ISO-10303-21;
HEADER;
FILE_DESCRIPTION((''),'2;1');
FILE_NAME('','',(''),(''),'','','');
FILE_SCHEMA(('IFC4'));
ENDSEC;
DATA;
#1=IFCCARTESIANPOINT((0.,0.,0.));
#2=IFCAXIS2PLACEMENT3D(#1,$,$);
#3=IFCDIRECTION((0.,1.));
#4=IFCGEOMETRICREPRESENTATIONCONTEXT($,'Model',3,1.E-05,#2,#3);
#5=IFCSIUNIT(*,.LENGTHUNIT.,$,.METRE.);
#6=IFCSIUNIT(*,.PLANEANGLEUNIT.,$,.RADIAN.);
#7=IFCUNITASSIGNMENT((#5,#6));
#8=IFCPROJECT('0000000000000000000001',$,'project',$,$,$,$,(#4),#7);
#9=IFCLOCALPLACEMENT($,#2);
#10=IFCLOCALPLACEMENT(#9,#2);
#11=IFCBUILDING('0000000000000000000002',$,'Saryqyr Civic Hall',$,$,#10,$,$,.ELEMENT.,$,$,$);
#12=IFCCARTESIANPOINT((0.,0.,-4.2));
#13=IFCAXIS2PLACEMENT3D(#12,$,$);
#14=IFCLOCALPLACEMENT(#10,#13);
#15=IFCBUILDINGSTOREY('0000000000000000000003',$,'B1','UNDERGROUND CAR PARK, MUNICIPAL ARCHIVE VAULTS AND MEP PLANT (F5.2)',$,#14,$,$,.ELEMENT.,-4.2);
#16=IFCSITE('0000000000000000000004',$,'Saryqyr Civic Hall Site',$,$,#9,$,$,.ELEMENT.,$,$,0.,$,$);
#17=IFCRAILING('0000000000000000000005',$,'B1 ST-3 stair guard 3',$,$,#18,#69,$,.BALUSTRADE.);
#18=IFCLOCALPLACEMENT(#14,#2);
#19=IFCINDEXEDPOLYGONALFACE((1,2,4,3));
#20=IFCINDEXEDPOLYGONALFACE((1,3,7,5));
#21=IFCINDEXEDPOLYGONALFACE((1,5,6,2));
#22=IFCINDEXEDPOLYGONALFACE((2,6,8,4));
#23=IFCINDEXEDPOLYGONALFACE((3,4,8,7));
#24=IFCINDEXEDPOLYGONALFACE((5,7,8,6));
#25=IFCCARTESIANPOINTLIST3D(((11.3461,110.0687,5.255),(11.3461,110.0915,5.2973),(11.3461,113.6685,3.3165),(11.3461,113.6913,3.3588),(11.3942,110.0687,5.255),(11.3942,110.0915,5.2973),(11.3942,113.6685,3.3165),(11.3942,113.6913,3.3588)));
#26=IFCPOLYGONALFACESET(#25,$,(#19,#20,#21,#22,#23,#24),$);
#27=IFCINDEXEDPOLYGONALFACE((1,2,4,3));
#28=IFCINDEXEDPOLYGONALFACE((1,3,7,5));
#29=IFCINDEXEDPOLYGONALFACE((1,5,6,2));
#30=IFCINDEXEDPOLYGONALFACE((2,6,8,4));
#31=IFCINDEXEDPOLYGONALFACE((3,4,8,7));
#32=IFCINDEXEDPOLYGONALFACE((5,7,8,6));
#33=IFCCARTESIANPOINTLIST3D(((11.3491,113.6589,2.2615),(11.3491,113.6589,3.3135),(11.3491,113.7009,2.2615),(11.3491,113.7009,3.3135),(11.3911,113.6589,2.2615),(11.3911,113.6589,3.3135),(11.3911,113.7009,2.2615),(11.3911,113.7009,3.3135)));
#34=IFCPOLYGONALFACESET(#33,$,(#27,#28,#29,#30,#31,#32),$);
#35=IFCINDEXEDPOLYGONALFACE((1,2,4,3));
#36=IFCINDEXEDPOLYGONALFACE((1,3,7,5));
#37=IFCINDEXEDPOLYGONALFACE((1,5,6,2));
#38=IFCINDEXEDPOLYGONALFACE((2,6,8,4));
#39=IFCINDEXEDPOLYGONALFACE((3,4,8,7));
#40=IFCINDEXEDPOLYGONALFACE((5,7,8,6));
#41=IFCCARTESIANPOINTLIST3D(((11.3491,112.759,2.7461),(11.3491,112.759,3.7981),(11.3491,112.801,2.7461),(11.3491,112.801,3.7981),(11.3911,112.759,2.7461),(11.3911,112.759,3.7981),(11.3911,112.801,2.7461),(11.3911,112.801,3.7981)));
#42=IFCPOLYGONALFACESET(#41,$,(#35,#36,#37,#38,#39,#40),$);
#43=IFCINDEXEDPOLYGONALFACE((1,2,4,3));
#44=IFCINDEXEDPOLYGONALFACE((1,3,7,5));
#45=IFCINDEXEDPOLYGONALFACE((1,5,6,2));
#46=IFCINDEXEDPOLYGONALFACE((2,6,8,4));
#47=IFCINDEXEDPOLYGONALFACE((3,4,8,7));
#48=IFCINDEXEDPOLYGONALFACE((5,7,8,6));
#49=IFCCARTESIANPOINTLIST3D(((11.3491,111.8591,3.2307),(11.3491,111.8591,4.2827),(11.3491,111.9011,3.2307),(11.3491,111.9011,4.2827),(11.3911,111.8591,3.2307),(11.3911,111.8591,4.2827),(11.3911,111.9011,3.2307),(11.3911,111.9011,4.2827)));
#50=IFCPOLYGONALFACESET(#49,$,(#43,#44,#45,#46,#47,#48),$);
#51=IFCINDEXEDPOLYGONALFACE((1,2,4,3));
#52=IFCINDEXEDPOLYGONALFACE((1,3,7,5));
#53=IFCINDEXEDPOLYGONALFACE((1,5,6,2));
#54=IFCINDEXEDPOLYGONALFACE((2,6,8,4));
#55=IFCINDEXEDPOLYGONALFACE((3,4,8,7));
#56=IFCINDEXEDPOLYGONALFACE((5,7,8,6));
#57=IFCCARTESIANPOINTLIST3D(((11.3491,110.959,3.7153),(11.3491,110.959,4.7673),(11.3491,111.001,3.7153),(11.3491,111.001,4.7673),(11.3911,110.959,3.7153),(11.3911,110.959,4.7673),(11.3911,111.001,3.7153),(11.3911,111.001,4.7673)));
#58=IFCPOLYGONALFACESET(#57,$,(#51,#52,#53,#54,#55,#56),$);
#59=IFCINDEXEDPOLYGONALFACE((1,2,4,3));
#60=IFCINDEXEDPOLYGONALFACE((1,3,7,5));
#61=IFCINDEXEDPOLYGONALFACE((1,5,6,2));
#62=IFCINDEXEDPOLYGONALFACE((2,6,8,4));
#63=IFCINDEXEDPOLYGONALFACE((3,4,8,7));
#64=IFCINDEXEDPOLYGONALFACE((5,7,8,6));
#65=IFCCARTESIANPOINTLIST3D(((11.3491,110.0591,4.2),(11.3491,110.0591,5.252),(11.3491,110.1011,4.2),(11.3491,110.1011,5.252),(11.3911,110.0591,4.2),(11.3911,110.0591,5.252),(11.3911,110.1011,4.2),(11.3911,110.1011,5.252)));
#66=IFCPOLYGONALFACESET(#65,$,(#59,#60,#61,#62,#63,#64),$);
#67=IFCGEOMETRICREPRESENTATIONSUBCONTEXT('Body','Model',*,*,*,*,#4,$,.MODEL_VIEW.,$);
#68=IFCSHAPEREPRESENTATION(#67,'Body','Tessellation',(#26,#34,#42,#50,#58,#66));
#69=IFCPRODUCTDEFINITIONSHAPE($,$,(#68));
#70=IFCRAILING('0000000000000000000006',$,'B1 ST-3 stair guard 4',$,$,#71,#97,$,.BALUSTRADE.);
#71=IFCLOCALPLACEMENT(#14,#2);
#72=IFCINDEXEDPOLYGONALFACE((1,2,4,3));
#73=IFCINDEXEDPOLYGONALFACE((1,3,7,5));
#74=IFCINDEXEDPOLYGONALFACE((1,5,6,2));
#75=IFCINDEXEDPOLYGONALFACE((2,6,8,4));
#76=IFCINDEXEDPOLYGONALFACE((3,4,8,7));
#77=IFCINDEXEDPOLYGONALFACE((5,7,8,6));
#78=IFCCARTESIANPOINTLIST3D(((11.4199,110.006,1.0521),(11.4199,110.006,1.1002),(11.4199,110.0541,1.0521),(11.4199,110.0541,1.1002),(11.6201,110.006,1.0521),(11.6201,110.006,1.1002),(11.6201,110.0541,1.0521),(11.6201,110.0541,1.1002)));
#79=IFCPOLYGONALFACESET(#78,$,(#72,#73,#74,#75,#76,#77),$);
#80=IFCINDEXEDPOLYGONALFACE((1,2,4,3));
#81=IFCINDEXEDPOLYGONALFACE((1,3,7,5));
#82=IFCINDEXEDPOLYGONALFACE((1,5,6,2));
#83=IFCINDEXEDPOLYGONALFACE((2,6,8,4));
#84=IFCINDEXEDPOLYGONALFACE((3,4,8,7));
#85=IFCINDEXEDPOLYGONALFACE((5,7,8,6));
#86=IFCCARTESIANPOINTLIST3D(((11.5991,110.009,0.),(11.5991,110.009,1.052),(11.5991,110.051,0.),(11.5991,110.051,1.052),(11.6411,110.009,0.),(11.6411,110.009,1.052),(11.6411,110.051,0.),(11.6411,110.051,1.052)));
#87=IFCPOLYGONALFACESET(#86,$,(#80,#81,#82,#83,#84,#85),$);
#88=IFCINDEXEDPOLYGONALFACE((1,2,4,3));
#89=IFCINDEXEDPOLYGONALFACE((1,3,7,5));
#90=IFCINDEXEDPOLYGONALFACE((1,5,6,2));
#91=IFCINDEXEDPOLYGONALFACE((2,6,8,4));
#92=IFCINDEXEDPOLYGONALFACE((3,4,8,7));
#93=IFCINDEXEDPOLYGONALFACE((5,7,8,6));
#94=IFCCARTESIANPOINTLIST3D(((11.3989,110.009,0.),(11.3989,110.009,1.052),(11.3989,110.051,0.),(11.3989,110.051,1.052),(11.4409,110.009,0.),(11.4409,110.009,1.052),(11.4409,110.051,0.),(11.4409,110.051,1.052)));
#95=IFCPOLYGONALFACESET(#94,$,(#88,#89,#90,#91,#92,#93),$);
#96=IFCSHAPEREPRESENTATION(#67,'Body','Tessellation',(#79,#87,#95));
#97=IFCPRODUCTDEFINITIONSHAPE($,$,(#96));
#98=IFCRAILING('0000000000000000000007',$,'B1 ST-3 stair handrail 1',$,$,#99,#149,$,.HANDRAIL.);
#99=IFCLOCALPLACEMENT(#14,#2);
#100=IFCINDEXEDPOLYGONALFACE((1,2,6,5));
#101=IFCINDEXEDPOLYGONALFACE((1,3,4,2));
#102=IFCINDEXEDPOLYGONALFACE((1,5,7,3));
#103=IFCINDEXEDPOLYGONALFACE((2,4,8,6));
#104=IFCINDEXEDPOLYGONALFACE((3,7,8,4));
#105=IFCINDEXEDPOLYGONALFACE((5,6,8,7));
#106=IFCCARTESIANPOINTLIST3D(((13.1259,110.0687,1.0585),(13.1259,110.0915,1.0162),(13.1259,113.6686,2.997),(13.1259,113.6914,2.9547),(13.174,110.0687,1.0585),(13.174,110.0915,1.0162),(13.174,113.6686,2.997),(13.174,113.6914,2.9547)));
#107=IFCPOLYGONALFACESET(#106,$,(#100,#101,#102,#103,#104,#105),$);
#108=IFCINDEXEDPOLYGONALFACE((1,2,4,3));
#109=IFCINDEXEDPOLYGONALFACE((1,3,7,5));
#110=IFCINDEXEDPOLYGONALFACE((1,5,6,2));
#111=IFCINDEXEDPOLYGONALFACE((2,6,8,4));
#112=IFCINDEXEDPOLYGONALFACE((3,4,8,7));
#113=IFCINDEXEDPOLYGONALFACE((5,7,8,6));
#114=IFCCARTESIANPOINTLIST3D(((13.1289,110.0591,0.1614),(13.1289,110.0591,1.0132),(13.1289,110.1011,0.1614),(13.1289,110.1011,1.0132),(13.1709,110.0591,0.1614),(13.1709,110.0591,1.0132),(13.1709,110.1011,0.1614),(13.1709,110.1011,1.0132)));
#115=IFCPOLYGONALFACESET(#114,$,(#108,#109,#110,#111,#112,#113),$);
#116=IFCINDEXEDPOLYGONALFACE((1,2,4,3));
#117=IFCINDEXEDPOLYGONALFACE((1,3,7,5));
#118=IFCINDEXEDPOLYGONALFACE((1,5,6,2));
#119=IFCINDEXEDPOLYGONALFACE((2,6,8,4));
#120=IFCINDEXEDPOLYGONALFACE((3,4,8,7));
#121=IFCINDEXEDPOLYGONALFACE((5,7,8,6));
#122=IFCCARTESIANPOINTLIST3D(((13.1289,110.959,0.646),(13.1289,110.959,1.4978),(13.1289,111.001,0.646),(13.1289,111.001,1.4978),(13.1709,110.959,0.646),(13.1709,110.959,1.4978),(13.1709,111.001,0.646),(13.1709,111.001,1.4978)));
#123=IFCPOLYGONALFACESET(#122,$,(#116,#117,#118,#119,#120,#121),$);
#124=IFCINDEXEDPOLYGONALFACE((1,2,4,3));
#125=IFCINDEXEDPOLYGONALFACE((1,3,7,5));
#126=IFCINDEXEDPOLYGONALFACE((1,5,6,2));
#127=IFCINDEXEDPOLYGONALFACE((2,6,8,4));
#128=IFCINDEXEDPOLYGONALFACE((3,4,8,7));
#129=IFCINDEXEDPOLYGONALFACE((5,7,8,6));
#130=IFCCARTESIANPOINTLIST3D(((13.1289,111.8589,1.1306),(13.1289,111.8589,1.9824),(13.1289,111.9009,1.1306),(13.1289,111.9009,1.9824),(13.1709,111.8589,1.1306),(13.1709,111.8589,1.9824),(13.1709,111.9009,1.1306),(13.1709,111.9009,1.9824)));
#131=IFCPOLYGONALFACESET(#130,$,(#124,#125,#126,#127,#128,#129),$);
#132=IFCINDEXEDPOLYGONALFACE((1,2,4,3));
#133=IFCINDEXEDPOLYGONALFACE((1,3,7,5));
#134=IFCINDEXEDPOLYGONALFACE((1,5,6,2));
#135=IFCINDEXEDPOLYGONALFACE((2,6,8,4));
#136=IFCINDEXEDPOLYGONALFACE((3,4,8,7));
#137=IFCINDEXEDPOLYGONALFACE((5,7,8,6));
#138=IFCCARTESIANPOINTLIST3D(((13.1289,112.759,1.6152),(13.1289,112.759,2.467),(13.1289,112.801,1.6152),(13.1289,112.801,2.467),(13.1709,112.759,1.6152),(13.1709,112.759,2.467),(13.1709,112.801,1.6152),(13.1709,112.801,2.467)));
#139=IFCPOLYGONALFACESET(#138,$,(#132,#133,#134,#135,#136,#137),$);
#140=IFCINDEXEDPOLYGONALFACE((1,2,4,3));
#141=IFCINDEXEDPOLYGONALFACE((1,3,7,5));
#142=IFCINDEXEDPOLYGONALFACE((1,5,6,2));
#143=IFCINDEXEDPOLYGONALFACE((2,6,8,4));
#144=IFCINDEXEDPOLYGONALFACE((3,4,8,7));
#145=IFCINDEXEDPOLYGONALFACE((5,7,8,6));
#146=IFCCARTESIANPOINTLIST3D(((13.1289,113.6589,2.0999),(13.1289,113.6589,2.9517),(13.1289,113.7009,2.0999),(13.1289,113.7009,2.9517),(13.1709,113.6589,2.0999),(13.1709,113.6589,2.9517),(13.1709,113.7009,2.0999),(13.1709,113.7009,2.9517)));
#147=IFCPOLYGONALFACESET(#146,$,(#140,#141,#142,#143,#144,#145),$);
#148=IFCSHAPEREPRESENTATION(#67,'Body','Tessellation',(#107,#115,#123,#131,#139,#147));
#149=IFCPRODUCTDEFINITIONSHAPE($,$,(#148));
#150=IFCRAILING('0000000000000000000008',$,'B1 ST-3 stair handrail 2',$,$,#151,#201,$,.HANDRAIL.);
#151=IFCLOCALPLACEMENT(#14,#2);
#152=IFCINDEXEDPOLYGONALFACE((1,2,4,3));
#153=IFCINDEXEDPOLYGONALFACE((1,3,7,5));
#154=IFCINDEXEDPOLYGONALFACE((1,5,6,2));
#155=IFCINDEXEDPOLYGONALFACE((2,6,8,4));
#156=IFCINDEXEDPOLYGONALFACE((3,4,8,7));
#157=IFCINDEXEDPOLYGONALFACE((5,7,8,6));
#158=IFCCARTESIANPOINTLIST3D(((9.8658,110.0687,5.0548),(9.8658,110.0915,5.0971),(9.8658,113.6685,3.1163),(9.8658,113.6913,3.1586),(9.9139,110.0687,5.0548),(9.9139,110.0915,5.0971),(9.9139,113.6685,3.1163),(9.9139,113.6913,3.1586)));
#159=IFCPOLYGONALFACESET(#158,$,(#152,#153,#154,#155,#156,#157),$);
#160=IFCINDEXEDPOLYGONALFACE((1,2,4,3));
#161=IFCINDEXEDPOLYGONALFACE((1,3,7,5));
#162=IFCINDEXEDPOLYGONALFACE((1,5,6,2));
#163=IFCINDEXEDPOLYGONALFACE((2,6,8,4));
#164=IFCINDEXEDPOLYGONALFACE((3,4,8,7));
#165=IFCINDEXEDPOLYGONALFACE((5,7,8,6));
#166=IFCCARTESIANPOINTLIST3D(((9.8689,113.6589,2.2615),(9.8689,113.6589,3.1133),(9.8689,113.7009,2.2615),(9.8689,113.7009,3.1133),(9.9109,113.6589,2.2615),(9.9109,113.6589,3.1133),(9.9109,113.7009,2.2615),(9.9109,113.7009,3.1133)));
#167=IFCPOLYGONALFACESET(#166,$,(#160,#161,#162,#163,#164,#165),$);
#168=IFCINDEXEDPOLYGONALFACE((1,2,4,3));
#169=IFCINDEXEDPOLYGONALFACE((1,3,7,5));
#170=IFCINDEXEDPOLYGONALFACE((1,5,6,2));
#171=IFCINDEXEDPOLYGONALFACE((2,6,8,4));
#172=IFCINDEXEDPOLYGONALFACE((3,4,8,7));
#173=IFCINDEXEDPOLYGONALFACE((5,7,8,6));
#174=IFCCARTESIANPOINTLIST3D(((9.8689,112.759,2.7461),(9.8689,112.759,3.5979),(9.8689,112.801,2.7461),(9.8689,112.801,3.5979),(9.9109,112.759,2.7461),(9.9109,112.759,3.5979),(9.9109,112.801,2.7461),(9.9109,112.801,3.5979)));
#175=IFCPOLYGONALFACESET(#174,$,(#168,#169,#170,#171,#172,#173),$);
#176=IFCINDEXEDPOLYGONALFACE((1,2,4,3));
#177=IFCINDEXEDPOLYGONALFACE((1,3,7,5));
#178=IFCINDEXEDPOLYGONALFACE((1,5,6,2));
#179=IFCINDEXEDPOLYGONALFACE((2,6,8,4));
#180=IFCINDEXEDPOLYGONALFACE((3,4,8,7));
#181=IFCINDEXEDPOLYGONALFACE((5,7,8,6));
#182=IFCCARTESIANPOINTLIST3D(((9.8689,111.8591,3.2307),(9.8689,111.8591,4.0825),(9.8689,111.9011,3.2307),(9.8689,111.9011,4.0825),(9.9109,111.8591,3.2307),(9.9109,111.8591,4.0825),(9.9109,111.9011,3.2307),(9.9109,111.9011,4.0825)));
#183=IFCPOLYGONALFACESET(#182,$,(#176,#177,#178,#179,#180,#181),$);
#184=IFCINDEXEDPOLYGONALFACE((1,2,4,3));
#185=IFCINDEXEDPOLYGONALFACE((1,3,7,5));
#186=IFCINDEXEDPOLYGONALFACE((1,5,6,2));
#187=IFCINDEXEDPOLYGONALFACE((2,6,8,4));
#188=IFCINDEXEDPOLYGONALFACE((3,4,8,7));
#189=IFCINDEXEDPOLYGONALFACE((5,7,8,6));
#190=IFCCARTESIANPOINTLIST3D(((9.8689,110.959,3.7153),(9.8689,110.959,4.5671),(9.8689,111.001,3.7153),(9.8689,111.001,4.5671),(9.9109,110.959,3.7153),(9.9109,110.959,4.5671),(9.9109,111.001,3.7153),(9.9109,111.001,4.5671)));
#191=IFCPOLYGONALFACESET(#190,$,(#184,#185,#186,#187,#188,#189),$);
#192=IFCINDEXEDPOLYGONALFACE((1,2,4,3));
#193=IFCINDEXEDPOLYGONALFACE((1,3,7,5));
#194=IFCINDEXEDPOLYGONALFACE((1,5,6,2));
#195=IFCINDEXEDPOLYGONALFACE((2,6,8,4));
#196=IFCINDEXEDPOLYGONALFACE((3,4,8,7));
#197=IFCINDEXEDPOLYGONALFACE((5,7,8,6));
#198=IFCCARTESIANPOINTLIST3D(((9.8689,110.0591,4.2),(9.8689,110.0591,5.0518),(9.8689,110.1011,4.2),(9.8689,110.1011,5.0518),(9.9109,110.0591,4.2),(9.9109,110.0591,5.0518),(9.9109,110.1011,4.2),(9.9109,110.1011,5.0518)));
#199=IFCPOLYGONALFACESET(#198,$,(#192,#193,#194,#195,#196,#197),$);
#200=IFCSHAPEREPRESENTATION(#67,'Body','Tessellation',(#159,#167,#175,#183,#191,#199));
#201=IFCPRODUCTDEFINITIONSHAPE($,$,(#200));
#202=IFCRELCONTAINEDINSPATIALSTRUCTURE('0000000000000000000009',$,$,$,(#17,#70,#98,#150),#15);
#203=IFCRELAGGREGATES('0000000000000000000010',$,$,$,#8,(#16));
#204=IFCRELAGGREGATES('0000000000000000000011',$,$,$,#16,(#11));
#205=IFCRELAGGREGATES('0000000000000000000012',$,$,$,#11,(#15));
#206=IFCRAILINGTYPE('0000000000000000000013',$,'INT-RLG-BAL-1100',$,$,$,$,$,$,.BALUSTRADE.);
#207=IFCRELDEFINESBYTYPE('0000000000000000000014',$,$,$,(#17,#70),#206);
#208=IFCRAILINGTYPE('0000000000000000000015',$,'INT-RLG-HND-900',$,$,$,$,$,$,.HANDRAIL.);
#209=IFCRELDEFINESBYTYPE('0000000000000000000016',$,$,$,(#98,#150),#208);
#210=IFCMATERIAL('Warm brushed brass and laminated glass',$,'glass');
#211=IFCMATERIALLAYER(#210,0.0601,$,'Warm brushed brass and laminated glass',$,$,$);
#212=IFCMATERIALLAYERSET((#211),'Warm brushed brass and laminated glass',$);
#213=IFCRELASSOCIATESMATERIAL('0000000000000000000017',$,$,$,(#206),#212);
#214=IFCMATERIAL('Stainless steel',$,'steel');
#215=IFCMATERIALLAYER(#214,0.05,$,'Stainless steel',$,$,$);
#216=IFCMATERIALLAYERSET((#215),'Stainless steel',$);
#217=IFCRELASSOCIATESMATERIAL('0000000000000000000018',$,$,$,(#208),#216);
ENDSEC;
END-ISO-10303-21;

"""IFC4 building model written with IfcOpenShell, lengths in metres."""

from ifc_helpers import new_model, si_unit, direction, frame, origin, origin_2d, place, context, subcontext, project, spatial, rectangle, extrude, material, layer, layer_set, type_object, element, save


model = new_model("IFC4")

# Units and contexts
model_context = context("Model", 3, precision=1e-05, world=origin(), true_north=direction((0.0, 1.0)))
body_context = subcontext(model_context, "Body", "Model", "MODEL_VIEW")
ifc_project = project(units=[si_unit("LENGTHUNIT", "METRE"), si_unit("PLANEANGLEUNIT", "RADIAN")], contexts=[model_context])

# Site, building, storey
site_placement = place(None, origin())
site = spatial("IfcSite", under=ifc_project, at=site_placement, Name="Saryqyr Civic Hall Site", CompositionType="ELEMENT", RefElevation=0.0)
building_placement = place(site_placement, origin())
building = spatial("IfcBuilding", under=site, at=building_placement, Name="Saryqyr Civic Hall", CompositionType="ELEMENT")
storey_placement = place(building_placement, frame((0.0, 0.0, -4.2)))
storey = spatial("IfcBuildingStorey", under=building, at=storey_placement, Name="B1", Description="UNDERGROUND CAR PARK, MUNICIPAL ARCHIVE VAULTS AND MEP PLANT (F5.2)", CompositionType="ELEMENT", Elevation=-4.2)

# Railings
ifc_material_1 = material(Name="Warm brushed brass and laminated glass", Category="glass")
ifc_layer_1 = layer(ifc_material_1, 0.0601, Name="Warm brushed brass and laminated glass")
ifc_layer_set_1 = layer_set([ifc_layer_1], Name="Warm brushed brass and laminated glass")
railing_type_1 = type_object("IfcRailingType", Name="INT-RLG-BAL-1100", PredefinedType="BALUSTRADE", material=ifc_layer_set_1)
railing_1_placement = place(storey_placement, frame((11.3701, 113.6799, 2.2615)))
element("IfcRailing", 1, at=railing_1_placement, inside=storey, type_object=railing_type_1, Name="B1 ST-3 stair guard 3", PredefinedType="BALUSTRADE", context=body_context, shape_type="SweptSolid", body=[
    extrude(rectangle(XDim=0.0481, YDim=0.0481, at=origin_2d()), frame((0.0, 0.0, 1.0762), z_axis=(0.0, -0.880462, 0.474118), x_axis=(1.0, 0.0, 0.0)), (0.0, 0.0, 1.0), 4.0886),
    extrude(rectangle(XDim=0.042, YDim=0.042, at=origin_2d()), origin(), (0.0, 0.0, 1.0), 1.052),
    extrude(rectangle(XDim=0.042, YDim=0.042, at=origin_2d()), frame((0.0, -0.8999, 0.4846)), (0.0, 0.0, 1.0), 1.052),
    extrude(rectangle(XDim=0.042, YDim=0.042, at=origin_2d()), frame((0.0, -1.7998, 0.9692)), (0.0, 0.0, 1.0), 1.052),
    extrude(rectangle(XDim=0.042, YDim=0.042, at=origin_2d()), frame((0.0, -2.7, 1.4539)), (0.0, 0.0, 1.0), 1.052),
    extrude(rectangle(XDim=0.042, YDim=0.042, at=origin_2d()), frame((0.0, -3.5999, 1.9385)), (0.0, 0.0, 1.0), 1.052),
])
railing_2_placement = place(storey_placement, frame((11.6201, 110.03, 0.0)))
element("IfcRailing", 2, at=railing_2_placement, inside=storey, type_object=railing_type_1, Name="B1 ST-3 stair guard 4", PredefinedType="BALUSTRADE", context=body_context, shape_type="SweptSolid", body=[
    extrude(rectangle(XDim=0.0481, YDim=0.0481, at=origin_2d()), frame((0.0, 0.0, 1.0762), z_axis=(-1.0, 0.0, 0.0), x_axis=(0.0, -1.0, 0.0)), (0.0, 0.0, 1.0), 0.2002),
    extrude(rectangle(XDim=0.042, YDim=0.042, at=origin_2d()), origin(), (0.0, 0.0, 1.0), 1.052),
    extrude(rectangle(XDim=0.042, YDim=0.042, at=origin_2d()), frame((-0.2002, 0.0, 0.0)), (0.0, 0.0, 1.0), 1.052),
])
ifc_material_2 = material(Name="Stainless steel", Category="steel")
ifc_layer_2 = layer(ifc_material_2, 0.05, Name="Stainless steel")
ifc_layer_set_2 = layer_set([ifc_layer_2], Name="Stainless steel")
railing_type_2 = type_object("IfcRailingType", Name="INT-RLG-HND-900", PredefinedType="HANDRAIL", material=ifc_layer_set_2)
railing_3_placement = place(storey_placement, frame((13.1499, 110.0801, 0.1614)))
element("IfcRailing", 3, at=railing_3_placement, inside=storey, type_object=railing_type_2, Name="B1 ST-3 stair handrail 1", PredefinedType="HANDRAIL", context=body_context, shape_type="SweptSolid", body=[
    extrude(rectangle(XDim=0.0481, YDim=0.0481, at=origin_2d()), frame((0.0, 0.0, 0.876), z_axis=(0.0, 0.880462, 0.474118), x_axis=(-1.0, 0.0, 0.0)), (0.0, 0.0, 1.0), 4.0886),
    extrude(rectangle(XDim=0.042, YDim=0.042, at=origin_2d()), origin(), (0.0, 0.0, 1.0), 0.8518),
    extrude(rectangle(XDim=0.042, YDim=0.042, at=origin_2d()), frame((0.0, 0.8999, 0.4846)), (0.0, 0.0, 1.0), 0.8518),
    extrude(rectangle(XDim=0.042, YDim=0.042, at=origin_2d()), frame((0.0, 1.7998, 0.9692)), (0.0, 0.0, 1.0), 0.8518),
    extrude(rectangle(XDim=0.042, YDim=0.042, at=origin_2d()), frame((0.0, 2.7, 1.4539)), (0.0, 0.0, 1.0), 0.8518),
    extrude(rectangle(XDim=0.042, YDim=0.042, at=origin_2d()), frame((0.0, 3.5999, 1.9385)), (0.0, 0.0, 1.0), 0.8518),
])
railing_4_placement = place(storey_placement, frame((9.8899, 113.6799, 2.2615)))
element("IfcRailing", 4, at=railing_4_placement, inside=storey, type_object=railing_type_2, Name="B1 ST-3 stair handrail 2", PredefinedType="HANDRAIL", context=body_context, shape_type="SweptSolid", body=[
    extrude(rectangle(XDim=0.0481, YDim=0.0481, at=origin_2d()), frame((0.0, 0.0, 0.876), z_axis=(0.0, -0.880462, 0.474118), x_axis=(1.0, 0.0, 0.0)), (0.0, 0.0, 1.0), 4.0886),
    extrude(rectangle(XDim=0.042, YDim=0.042, at=origin_2d()), origin(), (0.0, 0.0, 1.0), 0.8518),
    extrude(rectangle(XDim=0.042, YDim=0.042, at=origin_2d()), frame((0.0, -0.8999, 0.4846)), (0.0, 0.0, 1.0), 0.8518),
    extrude(rectangle(XDim=0.042, YDim=0.042, at=origin_2d()), frame((0.0, -1.7998, 0.9692)), (0.0, 0.0, 1.0), 0.8518),
    extrude(rectangle(XDim=0.042, YDim=0.042, at=origin_2d()), frame((0.0, -2.7, 1.4539)), (0.0, 0.0, 1.0), 0.8518),
    extrude(rectangle(XDim=0.042, YDim=0.042, at=origin_2d()), frame((0.0, -3.5999, 1.9385)), (0.0, 0.0, 1.0), 0.8518),
])

save(model, "model.ifc")
